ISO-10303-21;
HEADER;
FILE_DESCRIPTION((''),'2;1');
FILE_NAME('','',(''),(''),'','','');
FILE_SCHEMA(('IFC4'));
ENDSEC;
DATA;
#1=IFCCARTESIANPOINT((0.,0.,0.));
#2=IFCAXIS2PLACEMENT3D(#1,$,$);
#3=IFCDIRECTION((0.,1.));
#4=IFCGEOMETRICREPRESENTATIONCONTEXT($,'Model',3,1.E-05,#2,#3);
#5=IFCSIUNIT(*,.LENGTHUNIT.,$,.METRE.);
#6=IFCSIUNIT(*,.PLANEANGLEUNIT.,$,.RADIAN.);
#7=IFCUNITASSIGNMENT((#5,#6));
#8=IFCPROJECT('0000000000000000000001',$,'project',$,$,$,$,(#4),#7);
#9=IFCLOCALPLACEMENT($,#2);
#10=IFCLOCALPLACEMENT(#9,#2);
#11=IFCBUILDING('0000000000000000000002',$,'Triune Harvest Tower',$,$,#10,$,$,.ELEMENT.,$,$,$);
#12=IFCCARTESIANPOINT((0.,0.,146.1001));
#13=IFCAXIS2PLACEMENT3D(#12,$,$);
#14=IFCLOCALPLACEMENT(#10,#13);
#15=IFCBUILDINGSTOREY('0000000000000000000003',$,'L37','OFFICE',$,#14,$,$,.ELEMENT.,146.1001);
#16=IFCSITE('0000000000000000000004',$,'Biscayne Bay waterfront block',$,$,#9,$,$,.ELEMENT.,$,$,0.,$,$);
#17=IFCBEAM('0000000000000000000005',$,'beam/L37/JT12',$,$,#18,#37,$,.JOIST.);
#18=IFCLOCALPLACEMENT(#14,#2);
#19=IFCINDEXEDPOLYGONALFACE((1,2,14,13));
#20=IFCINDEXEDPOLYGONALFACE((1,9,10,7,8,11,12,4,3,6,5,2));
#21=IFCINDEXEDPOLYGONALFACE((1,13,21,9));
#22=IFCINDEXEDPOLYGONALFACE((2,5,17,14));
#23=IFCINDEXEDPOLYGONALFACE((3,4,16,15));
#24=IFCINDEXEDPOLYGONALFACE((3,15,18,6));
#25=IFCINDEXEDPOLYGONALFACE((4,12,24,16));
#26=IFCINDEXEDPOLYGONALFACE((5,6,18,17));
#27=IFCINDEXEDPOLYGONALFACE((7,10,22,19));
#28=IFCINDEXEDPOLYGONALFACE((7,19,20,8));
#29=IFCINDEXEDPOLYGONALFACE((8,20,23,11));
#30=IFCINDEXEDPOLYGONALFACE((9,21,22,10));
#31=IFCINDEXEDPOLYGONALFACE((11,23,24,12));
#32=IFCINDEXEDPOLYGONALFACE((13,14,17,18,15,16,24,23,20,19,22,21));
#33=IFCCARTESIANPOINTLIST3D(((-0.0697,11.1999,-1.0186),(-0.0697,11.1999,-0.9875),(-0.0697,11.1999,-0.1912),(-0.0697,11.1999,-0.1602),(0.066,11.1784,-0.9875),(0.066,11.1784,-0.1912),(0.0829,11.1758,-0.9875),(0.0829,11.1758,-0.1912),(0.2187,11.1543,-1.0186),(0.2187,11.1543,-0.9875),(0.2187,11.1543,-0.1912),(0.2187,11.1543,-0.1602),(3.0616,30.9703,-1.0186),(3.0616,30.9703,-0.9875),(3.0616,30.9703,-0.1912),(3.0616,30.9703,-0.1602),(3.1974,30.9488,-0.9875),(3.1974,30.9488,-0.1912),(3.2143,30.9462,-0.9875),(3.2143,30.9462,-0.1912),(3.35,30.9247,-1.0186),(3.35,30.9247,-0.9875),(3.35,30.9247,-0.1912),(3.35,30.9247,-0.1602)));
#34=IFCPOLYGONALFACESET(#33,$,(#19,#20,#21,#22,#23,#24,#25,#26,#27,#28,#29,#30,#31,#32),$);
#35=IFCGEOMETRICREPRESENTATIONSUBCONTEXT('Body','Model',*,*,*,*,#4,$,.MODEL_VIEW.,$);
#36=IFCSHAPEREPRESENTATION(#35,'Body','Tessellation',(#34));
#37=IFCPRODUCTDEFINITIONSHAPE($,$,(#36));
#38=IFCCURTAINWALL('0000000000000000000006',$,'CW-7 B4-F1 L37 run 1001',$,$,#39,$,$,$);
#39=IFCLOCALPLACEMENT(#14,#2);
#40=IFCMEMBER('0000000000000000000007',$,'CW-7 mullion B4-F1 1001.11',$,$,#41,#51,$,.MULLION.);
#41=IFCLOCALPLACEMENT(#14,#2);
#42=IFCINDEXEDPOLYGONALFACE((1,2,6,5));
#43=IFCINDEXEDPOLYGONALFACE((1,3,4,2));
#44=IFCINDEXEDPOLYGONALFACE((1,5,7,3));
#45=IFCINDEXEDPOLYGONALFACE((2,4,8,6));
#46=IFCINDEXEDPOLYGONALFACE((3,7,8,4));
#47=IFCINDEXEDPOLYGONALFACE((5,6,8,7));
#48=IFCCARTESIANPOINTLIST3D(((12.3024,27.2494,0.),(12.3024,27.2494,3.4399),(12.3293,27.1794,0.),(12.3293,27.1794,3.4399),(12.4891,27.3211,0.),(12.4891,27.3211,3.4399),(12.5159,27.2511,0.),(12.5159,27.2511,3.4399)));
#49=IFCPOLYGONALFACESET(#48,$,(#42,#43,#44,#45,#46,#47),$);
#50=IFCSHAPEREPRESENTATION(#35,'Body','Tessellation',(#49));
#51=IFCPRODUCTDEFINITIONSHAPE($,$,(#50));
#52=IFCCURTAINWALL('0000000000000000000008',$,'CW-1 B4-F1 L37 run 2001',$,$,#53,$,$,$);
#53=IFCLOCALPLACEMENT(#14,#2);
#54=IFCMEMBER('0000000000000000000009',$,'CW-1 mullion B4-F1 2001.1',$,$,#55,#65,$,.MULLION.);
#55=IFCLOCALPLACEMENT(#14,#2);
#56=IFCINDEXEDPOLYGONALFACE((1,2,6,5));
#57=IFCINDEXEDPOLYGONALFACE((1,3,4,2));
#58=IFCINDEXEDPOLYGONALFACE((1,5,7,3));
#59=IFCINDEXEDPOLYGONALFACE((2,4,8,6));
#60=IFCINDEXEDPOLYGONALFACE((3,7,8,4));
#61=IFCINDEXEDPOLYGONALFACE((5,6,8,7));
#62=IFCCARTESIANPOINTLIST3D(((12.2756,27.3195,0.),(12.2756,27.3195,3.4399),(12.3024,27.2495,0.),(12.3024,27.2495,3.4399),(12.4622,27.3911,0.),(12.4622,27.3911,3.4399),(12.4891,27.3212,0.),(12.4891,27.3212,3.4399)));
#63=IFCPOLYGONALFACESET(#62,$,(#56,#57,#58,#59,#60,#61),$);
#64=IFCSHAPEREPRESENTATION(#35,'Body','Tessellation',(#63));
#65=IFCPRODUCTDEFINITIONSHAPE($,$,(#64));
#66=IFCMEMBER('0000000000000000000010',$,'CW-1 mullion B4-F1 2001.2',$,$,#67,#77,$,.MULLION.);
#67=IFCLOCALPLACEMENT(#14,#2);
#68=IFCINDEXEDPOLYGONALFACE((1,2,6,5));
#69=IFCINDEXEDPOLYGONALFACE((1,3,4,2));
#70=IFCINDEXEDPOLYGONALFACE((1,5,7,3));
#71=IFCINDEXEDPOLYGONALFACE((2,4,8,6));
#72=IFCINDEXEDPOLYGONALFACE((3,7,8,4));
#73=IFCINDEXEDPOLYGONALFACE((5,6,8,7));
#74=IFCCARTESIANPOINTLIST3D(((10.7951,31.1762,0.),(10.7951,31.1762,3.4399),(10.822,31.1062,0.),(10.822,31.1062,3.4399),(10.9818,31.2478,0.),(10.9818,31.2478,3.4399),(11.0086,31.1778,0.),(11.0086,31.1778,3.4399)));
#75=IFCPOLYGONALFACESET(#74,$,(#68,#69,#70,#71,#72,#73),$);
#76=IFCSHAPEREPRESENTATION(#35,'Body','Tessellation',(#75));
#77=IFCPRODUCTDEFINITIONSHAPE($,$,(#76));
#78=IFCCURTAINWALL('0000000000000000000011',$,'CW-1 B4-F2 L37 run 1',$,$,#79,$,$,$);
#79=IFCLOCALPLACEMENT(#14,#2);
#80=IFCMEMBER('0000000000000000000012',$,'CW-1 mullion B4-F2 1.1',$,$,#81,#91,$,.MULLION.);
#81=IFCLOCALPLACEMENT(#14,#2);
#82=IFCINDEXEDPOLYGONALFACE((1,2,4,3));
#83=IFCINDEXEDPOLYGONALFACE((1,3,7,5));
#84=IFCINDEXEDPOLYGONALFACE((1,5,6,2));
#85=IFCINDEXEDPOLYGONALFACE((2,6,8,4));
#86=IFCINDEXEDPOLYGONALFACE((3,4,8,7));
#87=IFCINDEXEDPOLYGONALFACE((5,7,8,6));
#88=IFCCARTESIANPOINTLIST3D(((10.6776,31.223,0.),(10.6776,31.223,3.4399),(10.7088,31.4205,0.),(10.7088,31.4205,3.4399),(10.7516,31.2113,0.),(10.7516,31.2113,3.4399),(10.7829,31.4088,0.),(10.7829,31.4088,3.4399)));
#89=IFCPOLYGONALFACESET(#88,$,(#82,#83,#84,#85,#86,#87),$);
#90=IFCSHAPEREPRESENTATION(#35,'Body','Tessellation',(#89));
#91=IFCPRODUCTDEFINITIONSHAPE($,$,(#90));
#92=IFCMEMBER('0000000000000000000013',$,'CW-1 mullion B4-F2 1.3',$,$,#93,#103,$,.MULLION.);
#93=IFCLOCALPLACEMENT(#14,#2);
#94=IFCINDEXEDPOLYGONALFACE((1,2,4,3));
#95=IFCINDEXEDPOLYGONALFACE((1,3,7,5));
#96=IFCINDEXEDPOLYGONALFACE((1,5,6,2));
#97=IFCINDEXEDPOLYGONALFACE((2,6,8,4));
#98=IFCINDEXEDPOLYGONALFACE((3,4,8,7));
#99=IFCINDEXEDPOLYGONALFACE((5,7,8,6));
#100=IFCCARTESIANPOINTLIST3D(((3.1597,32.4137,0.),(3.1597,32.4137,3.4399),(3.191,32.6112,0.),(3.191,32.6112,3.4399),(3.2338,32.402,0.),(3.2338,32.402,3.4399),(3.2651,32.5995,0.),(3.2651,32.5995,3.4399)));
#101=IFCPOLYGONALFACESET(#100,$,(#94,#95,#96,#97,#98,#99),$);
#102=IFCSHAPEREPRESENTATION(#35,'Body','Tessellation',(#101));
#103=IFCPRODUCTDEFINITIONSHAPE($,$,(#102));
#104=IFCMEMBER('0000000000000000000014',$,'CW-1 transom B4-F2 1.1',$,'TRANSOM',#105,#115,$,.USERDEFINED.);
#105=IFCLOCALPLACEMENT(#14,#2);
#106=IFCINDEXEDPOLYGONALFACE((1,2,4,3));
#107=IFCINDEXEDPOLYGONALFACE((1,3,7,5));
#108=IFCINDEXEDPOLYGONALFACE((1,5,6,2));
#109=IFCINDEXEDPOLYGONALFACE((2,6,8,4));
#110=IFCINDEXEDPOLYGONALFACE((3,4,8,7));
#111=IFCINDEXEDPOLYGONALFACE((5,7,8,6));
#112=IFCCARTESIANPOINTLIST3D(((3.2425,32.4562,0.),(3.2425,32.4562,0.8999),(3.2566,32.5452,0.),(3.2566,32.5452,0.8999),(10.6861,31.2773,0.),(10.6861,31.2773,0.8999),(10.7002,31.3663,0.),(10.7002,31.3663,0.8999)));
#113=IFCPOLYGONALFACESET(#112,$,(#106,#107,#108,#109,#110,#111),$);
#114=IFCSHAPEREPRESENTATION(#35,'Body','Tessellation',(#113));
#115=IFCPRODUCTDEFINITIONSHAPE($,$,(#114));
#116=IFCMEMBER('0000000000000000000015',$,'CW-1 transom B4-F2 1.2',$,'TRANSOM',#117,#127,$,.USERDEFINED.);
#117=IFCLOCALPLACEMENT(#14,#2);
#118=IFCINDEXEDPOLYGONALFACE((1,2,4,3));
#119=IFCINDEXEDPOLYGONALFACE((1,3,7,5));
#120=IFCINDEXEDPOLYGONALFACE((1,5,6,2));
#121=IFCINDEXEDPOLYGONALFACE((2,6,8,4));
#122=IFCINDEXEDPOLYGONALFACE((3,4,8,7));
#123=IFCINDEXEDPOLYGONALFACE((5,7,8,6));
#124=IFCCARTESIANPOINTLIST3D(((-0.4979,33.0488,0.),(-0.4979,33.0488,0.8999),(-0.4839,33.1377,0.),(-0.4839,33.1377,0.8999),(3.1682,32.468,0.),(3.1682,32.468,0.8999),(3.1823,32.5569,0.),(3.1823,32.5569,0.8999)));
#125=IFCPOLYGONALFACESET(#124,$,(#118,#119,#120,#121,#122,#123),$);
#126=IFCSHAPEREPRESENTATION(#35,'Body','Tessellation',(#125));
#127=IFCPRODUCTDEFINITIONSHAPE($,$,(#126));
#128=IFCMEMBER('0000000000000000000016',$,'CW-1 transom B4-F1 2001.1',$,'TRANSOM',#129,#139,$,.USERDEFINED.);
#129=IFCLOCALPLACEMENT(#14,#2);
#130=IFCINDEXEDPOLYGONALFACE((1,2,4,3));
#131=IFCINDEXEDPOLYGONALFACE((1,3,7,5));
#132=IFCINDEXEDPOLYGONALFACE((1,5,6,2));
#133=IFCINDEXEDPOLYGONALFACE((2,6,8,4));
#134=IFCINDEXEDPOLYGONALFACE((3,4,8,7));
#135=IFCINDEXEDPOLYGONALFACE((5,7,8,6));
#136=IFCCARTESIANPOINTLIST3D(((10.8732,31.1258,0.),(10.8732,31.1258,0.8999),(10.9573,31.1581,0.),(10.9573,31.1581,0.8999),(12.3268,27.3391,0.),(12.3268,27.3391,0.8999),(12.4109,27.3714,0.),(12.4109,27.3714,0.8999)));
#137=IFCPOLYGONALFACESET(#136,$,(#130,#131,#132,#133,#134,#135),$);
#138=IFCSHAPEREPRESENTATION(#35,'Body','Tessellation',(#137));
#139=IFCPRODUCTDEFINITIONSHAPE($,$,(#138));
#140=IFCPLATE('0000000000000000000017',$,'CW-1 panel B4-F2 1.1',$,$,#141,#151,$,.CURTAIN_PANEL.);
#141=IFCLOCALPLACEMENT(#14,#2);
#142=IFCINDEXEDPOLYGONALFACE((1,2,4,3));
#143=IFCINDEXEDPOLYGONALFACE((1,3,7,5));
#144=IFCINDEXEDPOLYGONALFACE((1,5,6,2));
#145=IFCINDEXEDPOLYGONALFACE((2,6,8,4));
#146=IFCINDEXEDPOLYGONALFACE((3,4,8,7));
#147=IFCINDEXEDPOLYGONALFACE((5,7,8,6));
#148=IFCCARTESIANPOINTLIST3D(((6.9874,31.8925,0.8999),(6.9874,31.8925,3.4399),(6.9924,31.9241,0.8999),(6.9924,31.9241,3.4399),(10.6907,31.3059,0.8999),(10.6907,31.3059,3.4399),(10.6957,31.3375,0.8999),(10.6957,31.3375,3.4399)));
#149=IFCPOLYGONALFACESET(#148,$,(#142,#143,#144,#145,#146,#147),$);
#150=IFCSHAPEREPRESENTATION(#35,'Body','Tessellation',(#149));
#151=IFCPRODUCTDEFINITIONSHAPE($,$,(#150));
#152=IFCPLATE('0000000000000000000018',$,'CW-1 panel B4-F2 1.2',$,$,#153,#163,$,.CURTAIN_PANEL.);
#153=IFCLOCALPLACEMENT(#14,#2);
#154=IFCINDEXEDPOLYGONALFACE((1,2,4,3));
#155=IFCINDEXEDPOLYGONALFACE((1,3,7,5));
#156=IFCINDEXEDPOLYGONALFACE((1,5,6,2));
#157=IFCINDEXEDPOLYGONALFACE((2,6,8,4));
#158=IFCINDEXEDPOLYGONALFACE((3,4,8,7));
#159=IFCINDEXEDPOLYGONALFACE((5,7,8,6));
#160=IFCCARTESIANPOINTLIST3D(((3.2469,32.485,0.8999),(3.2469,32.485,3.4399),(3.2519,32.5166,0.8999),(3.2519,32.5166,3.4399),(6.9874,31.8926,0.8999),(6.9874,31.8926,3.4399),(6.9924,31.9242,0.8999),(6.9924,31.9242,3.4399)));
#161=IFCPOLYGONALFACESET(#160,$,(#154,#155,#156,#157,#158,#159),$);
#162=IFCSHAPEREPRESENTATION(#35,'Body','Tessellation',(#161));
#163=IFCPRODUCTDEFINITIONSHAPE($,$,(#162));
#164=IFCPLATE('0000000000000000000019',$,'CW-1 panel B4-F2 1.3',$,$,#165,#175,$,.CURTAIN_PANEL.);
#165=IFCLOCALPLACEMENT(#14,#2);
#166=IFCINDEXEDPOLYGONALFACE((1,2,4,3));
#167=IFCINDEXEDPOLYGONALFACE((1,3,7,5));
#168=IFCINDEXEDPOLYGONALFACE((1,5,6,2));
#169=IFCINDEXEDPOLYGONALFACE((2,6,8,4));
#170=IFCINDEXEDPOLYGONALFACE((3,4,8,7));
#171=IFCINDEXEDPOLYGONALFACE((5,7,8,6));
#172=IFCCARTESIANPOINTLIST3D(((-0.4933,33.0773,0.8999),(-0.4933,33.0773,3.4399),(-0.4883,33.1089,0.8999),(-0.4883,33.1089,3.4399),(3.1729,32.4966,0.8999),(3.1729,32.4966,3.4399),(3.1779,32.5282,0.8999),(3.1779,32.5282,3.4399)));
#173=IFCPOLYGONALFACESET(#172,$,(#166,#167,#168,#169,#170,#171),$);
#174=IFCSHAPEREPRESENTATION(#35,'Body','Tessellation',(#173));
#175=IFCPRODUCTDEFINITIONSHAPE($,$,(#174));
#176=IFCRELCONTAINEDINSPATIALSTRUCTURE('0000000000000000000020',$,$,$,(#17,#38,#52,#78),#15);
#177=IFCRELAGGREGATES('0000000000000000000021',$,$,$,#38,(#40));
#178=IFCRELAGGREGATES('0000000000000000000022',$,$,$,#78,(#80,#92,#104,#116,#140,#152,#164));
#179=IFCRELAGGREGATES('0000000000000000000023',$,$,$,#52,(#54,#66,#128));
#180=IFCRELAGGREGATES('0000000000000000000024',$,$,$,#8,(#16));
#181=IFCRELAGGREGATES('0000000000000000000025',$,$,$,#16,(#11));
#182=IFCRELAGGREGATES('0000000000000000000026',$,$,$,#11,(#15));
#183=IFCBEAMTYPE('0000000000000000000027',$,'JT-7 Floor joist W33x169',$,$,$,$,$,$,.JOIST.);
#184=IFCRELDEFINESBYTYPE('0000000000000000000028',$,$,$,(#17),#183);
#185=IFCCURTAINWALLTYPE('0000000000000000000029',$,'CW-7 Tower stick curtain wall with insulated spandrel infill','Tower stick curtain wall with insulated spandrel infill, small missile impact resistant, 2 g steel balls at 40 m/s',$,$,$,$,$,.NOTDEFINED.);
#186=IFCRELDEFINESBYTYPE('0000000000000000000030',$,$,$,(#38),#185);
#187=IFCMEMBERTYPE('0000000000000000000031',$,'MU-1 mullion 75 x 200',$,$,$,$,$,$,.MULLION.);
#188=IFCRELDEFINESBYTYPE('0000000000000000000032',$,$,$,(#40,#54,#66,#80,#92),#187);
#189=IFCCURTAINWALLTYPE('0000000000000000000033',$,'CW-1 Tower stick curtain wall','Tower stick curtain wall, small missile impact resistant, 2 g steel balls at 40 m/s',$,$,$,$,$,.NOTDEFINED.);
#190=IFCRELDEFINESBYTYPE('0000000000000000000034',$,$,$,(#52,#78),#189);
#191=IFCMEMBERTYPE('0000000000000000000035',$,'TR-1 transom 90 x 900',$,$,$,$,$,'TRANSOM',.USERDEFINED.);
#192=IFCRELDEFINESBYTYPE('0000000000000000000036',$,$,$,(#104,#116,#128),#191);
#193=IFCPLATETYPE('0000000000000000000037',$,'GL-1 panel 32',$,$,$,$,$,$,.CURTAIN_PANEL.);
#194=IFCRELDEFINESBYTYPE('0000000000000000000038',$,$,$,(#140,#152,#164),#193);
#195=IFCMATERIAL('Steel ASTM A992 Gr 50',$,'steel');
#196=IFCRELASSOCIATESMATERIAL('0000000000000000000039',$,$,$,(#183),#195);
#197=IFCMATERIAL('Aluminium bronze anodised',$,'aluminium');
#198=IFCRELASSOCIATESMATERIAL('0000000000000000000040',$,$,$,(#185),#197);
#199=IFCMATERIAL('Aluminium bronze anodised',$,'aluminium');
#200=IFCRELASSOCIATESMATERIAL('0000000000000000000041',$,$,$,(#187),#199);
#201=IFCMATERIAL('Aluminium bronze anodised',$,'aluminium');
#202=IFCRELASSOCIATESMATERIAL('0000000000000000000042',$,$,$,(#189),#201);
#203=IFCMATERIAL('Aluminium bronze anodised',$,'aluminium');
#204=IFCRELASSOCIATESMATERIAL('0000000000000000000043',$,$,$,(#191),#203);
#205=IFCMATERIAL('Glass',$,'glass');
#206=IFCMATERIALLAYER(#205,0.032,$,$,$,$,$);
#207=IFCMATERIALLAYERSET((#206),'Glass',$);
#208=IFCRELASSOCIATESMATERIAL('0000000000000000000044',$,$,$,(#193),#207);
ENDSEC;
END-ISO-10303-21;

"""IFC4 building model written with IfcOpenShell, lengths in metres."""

from ifc_helpers import new_model, si_unit, direction, frame, origin, origin_2d, place, context, subcontext, project, spatial, rectangle, i_section, extrude, source, transform, mapped, material, layer, layer_set, material_profile, profile_set, type_object, element, aggregate, save


model = new_model("IFC4")

# Units and contexts
model_context = context("Model", 3, precision=1e-05, world=origin(), true_north=direction((0.0, 1.0)))
body_context = subcontext(model_context, "Body", "Model", "MODEL_VIEW")
ifc_project = project(units=[si_unit("LENGTHUNIT", "METRE"), si_unit("PLANEANGLEUNIT", "RADIAN")], contexts=[model_context])

# Site, building, storey
site_placement = place(None, origin())
site = spatial("IfcSite", under=ifc_project, at=site_placement, Name="Biscayne Bay waterfront block", CompositionType="ELEMENT", RefElevation=0.0)
building_placement = place(site_placement, origin())
building = spatial("IfcBuilding", under=site, at=building_placement, Name="Triune Harvest Tower", CompositionType="ELEMENT")
storey_placement = place(building_placement, frame((0.0, 0.0, 146.1001)))
storey = spatial("IfcBuildingStorey", under=building, at=storey_placement, Name="L37", Description="OFFICE", CompositionType="ELEMENT", Elevation=146.1001)

# Beam
ifc_material_1 = material(Name="Steel ASTM A992 Gr 50", Category="steel")
ifc_material_profile_1 = material_profile(ifc_material_1, i_section(OverallWidth=0.292, OverallDepth=0.8584, WebThickness=0.0171, FlangeThickness=0.031, at=origin_2d()), Name="W33x169")
ifc_profile_set_1 = profile_set([ifc_material_profile_1], Name="Steel ASTM A992 Gr 50")
beam_type_1 = type_object("IfcBeamType", Name="JT-7 Floor joist W33x169", PredefinedType="JOIST", material=ifc_profile_set_1)
shared_shape_1 = source(origin(), body_context, "Body", "SweptSolid", [
    extrude(i_section(OverallWidth=0.292, OverallDepth=0.8584, WebThickness=0.0171, FlangeThickness=0.031, at=origin_2d()), origin(), (0.0, 0.0, 1.0), 20.0168),
])
beam_1_placement = place(storey_placement, frame((3.2058, 30.9475, -0.5894), z_axis=(-0.156435, -0.987688, 0.0), x_axis=(0.987688, -0.156435, 0.0)))
element("IfcBeam", 1, at=beam_1_placement, inside=storey, type_object=beam_type_1, Name="beam/L37/JT12", PredefinedType="JOIST", context=body_context, shape_type="MappedRepresentation", body=[
    mapped(shared_shape_1, transform((0.0, 0.0, 0.0), scale=1.0)),
])

# Curtain wall, member
ifc_material_2 = material(Name="Aluminium bronze anodised", Category="aluminium")
curtain_wall_type_1 = type_object("IfcCurtainWallType", Name="CW-7 Tower stick curtain wall with insulated spandrel infill", Description="Tower stick curtain wall with insulated spandrel infill, small missile impact resistant, 2 g steel balls at 40 m/s", PredefinedType="NOTDEFINED", material=ifc_material_2)
curtain_wall_1_placement = place(storey_placement, origin())
curtain_wall_1 = element("IfcCurtainWall", 2, at=curtain_wall_1_placement, inside=storey, type_object=curtain_wall_type_1, Name="CW-7 B4-F1 L37 run 1001")
ifc_material_3 = material(Name="Aluminium bronze anodised", Category="aluminium")
ifc_material_profile_2 = material_profile(ifc_material_3, rectangle(XDim=0.2, YDim=0.075, at=origin_2d()), Name="MU-1 mullion 75 x 200")
ifc_profile_set_2 = profile_set([ifc_material_profile_2], Name="Aluminium bronze anodised")
member_type_1 = type_object("IfcMemberType", Name="MU-1 mullion 75 x 200", PredefinedType="MULLION", material=ifc_profile_set_2)
shared_shape_2 = source(origin(), body_context, "Body", "SweptSolid", [
    extrude(rectangle(XDim=0.2, YDim=0.075, at=origin_2d()), origin(), (0.0, 0.0, 1.0), 3.4399),
])
member_1_placement = place(storey_placement, frame((12.4092, 27.2502, 0.0), z_axis=(0.0, 0.0, 1.0), x_axis=(-0.93358, -0.35837, 0.0)))
member_1 = element("IfcMember", 3, at=member_1_placement, type_object=member_type_1, Name="CW-7 mullion B4-F1 1001.11", PredefinedType="MULLION", context=body_context, shape_type="MappedRepresentation", body=[
    mapped(shared_shape_2, transform((0.0, 0.0, 0.0), scale=1.0)),
])
aggregate(curtain_wall_1, [member_1])

# Curtain walls, members
ifc_material_4 = material(Name="Aluminium bronze anodised", Category="aluminium")
curtain_wall_type_2 = type_object("IfcCurtainWallType", Name="CW-1 Tower stick curtain wall", Description="Tower stick curtain wall, small missile impact resistant, 2 g steel balls at 40 m/s", PredefinedType="NOTDEFINED", material=ifc_material_4)
curtain_wall_2_placement = place(storey_placement, origin())
curtain_wall_2 = element("IfcCurtainWall", 4, at=curtain_wall_2_placement, inside=storey, type_object=curtain_wall_type_2, Name="CW-1 B4-F1 L37 run 2001")
member_2_placement = place(storey_placement, frame((12.3823, 27.3203, 0.0), z_axis=(0.0, 0.0, 1.0), x_axis=(-0.933581, -0.358368, 0.0)))
member_2 = element("IfcMember", 5, at=member_2_placement, type_object=member_type_1, Name="CW-1 mullion B4-F1 2001.1", PredefinedType="MULLION", context=body_context, shape_type="MappedRepresentation", body=[
    mapped(shared_shape_2, transform((0.0, 0.0, 0.0), scale=1.0)),
])
member_3_placement = place(storey_placement, frame((10.9019, 31.177, 0.0), z_axis=(0.0, 0.0, 1.0), x_axis=(-0.933581, -0.358368, 0.0)))
member_3 = element("IfcMember", 6, at=member_3_placement, type_object=member_type_1, Name="CW-1 mullion B4-F1 2001.2", PredefinedType="MULLION", context=body_context, shape_type="MappedRepresentation", body=[
    mapped(shared_shape_2, transform((0.0, 0.0, 0.0), scale=1.0)),
])
curtain_wall_3_placement = place(storey_placement, origin())
curtain_wall_3 = element("IfcCurtainWall", 7, at=curtain_wall_3_placement, inside=storey, type_object=curtain_wall_type_2, Name="CW-1 B4-F2 L37 run 1")
member_4_placement = place(storey_placement, frame((10.7302, 31.3159, 0.0), z_axis=(0.0, 0.0, 1.0), x_axis=(-0.156433, -0.987689, 0.0)))
member_4 = element("IfcMember", 8, at=member_4_placement, type_object=member_type_1, Name="CW-1 mullion B4-F2 1.1", PredefinedType="MULLION", context=body_context, shape_type="MappedRepresentation", body=[
    mapped(shared_shape_2, transform((0.0, 0.0, 0.0), scale=1.0)),
])
member_5_placement = place(storey_placement, frame((3.2124, 32.5066, 0.0), z_axis=(0.0, 0.0, 1.0), x_axis=(-0.156433, -0.987689, 0.0)))
member_5 = element("IfcMember", 9, at=member_5_placement, type_object=member_type_1, Name="CW-1 mullion B4-F2 1.3", PredefinedType="MULLION", context=body_context, shape_type="MappedRepresentation", body=[
    mapped(shared_shape_2, transform((0.0, 0.0, 0.0), scale=1.0)),
])
ifc_material_5 = material(Name="Aluminium bronze anodised", Category="aluminium")
ifc_material_profile_3 = material_profile(ifc_material_5, rectangle(XDim=0.0901, YDim=0.8999, at=origin_2d()), Name="TR-1 transom 90 x 900")
ifc_profile_set_3 = profile_set([ifc_material_profile_3], Name="Aluminium bronze anodised")
member_type_2 = type_object("IfcMemberType", Name="TR-1 transom 90 x 900", ElementType="TRANSOM", PredefinedType="USERDEFINED", material=ifc_profile_set_3)
shared_shape_3 = source(origin(), body_context, "Body", "SweptSolid", [
    extrude(rectangle(XDim=0.0901, YDim=0.8999, at=origin_2d()), origin(), (0.0, 0.0, 1.0), 7.5364),
])
member_6_placement = place(storey_placement, frame((10.6931, 31.3218, 0.45), z_axis=(-0.987688, 0.156435, 0.0), x_axis=(-0.156435, -0.987688, 0.0)))
member_6 = element("IfcMember", 10, at=member_6_placement, type_object=member_type_2, Name="CW-1 transom B4-F2 1.1", ObjectType="TRANSOM", PredefinedType="USERDEFINED", context=body_context, shape_type="MappedRepresentation", body=[
    mapped(shared_shape_3, transform((0.0, 0.0, 0.0), scale=1.0)),
])
shared_shape_4 = source(origin(), body_context, "Body", "SweptSolid", [
    extrude(rectangle(XDim=0.0901, YDim=0.8999, at=origin_2d()), origin(), (0.0, 0.0, 1.0), 3.7119),
])
member_7_placement = place(storey_placement, frame((3.1753, 32.5125, 0.45), z_axis=(-0.987683, 0.156469, 0.0), x_axis=(-0.156469, -0.987683, 0.0)))
member_7 = element("IfcMember", 11, at=member_7_placement, type_object=member_type_2, Name="CW-1 transom B4-F2 1.2", ObjectType="TRANSOM", PredefinedType="USERDEFINED", context=body_context, shape_type="MappedRepresentation", body=[
    mapped(shared_shape_4, transform((0.0, 0.0, 0.0), scale=1.0)),
])

# Member
shared_shape_5 = source(origin(), body_context, "Body", "SweptSolid", [
    extrude(rectangle(XDim=0.0901, YDim=0.8999, at=origin_2d()), origin(), (0.0, 0.0, 1.0), 4.0562),
])
member_8_placement = place(storey_placement, frame((12.3689, 27.3552, 0.45), z_axis=(-0.358382, 0.933575, 0.0), x_axis=(-0.933575, -0.358382, 0.0)))
member_8 = element("IfcMember", 12, at=member_8_placement, type_object=member_type_2, Name="CW-1 transom B4-F1 2001.1", ObjectType="TRANSOM", PredefinedType="USERDEFINED", context=body_context, shape_type="MappedRepresentation", body=[
    mapped(shared_shape_5, transform((0.0, 0.0, 0.0), scale=1.0)),
])

# Plates
ifc_material_6 = material(Name="Glass", Category="glass")
ifc_layer_1 = layer(ifc_material_6, 0.032)
ifc_layer_set_1 = layer_set([ifc_layer_1], Name="Glass")
plate_type = type_object("IfcPlateType", Name="GL-1 panel 32", PredefinedType="CURTAIN_PANEL", material=ifc_layer_set_1)
shared_shape_6 = source(origin(), body_context, "Body", "SweptSolid", [
    extrude(rectangle(XDim=3.7495, YDim=0.032, at=origin_2d()), origin(), (0.0, 0.0, 1.0), 2.54),
])
plate_1_placement = place(storey_placement, frame((8.8416, 31.615, 0.8999), z_axis=(0.0, 0.0, 1.0), x_axis=(-0.987689, 0.156433, 0.0)))
plate_1 = element("IfcPlate", 13, at=plate_1_placement, type_object=plate_type, Name="CW-1 panel B4-F2 1.1", PredefinedType="CURTAIN_PANEL", context=body_context, shape_type="MappedRepresentation", body=[
    mapped(shared_shape_6, transform((0.0, 0.0, 0.0), scale=1.0)),
])
shared_shape_7 = source(origin(), body_context, "Body", "SweptSolid", [
    extrude(rectangle(XDim=3.7871, YDim=0.032, at=origin_2d()), origin(), (0.0, 0.0, 1.0), 2.54),
])
plate_2_placement = place(storey_placement, frame((5.1196, 32.2046, 0.8999), z_axis=(0.0, 0.0, 1.0), x_axis=(-0.987689, 0.156433, 0.0)))
plate_2 = element("IfcPlate", 14, at=plate_2_placement, type_object=plate_type, Name="CW-1 panel B4-F2 1.2", PredefinedType="CURTAIN_PANEL", context=body_context, shape_type="MappedRepresentation", body=[
    mapped(shared_shape_7, transform((0.0, 0.0, 0.0), scale=1.0)),
])
shared_shape_8 = source(origin(), body_context, "Body", "SweptSolid", [
    extrude(rectangle(XDim=3.7119, YDim=0.032, at=origin_2d()), origin(), (0.0, 0.0, 1.0), 2.54),
])
plate_3_placement = place(storey_placement, frame((1.3423, 32.8027, 0.8999), z_axis=(0.0, 0.0, 1.0), x_axis=(-0.987689, 0.156433, 0.0)))
plate_3 = element("IfcPlate", 15, at=plate_3_placement, type_object=plate_type, Name="CW-1 panel B4-F2 1.3", PredefinedType="CURTAIN_PANEL", context=body_context, shape_type="MappedRepresentation", body=[
    mapped(shared_shape_8, transform((0.0, 0.0, 0.0), scale=1.0)),
])
aggregate(curtain_wall_3, [member_4, member_5, member_6, member_7, plate_1, plate_2, plate_3])
aggregate(curtain_wall_2, [member_2, member_3, member_8])

save(model, "model.ifc")
